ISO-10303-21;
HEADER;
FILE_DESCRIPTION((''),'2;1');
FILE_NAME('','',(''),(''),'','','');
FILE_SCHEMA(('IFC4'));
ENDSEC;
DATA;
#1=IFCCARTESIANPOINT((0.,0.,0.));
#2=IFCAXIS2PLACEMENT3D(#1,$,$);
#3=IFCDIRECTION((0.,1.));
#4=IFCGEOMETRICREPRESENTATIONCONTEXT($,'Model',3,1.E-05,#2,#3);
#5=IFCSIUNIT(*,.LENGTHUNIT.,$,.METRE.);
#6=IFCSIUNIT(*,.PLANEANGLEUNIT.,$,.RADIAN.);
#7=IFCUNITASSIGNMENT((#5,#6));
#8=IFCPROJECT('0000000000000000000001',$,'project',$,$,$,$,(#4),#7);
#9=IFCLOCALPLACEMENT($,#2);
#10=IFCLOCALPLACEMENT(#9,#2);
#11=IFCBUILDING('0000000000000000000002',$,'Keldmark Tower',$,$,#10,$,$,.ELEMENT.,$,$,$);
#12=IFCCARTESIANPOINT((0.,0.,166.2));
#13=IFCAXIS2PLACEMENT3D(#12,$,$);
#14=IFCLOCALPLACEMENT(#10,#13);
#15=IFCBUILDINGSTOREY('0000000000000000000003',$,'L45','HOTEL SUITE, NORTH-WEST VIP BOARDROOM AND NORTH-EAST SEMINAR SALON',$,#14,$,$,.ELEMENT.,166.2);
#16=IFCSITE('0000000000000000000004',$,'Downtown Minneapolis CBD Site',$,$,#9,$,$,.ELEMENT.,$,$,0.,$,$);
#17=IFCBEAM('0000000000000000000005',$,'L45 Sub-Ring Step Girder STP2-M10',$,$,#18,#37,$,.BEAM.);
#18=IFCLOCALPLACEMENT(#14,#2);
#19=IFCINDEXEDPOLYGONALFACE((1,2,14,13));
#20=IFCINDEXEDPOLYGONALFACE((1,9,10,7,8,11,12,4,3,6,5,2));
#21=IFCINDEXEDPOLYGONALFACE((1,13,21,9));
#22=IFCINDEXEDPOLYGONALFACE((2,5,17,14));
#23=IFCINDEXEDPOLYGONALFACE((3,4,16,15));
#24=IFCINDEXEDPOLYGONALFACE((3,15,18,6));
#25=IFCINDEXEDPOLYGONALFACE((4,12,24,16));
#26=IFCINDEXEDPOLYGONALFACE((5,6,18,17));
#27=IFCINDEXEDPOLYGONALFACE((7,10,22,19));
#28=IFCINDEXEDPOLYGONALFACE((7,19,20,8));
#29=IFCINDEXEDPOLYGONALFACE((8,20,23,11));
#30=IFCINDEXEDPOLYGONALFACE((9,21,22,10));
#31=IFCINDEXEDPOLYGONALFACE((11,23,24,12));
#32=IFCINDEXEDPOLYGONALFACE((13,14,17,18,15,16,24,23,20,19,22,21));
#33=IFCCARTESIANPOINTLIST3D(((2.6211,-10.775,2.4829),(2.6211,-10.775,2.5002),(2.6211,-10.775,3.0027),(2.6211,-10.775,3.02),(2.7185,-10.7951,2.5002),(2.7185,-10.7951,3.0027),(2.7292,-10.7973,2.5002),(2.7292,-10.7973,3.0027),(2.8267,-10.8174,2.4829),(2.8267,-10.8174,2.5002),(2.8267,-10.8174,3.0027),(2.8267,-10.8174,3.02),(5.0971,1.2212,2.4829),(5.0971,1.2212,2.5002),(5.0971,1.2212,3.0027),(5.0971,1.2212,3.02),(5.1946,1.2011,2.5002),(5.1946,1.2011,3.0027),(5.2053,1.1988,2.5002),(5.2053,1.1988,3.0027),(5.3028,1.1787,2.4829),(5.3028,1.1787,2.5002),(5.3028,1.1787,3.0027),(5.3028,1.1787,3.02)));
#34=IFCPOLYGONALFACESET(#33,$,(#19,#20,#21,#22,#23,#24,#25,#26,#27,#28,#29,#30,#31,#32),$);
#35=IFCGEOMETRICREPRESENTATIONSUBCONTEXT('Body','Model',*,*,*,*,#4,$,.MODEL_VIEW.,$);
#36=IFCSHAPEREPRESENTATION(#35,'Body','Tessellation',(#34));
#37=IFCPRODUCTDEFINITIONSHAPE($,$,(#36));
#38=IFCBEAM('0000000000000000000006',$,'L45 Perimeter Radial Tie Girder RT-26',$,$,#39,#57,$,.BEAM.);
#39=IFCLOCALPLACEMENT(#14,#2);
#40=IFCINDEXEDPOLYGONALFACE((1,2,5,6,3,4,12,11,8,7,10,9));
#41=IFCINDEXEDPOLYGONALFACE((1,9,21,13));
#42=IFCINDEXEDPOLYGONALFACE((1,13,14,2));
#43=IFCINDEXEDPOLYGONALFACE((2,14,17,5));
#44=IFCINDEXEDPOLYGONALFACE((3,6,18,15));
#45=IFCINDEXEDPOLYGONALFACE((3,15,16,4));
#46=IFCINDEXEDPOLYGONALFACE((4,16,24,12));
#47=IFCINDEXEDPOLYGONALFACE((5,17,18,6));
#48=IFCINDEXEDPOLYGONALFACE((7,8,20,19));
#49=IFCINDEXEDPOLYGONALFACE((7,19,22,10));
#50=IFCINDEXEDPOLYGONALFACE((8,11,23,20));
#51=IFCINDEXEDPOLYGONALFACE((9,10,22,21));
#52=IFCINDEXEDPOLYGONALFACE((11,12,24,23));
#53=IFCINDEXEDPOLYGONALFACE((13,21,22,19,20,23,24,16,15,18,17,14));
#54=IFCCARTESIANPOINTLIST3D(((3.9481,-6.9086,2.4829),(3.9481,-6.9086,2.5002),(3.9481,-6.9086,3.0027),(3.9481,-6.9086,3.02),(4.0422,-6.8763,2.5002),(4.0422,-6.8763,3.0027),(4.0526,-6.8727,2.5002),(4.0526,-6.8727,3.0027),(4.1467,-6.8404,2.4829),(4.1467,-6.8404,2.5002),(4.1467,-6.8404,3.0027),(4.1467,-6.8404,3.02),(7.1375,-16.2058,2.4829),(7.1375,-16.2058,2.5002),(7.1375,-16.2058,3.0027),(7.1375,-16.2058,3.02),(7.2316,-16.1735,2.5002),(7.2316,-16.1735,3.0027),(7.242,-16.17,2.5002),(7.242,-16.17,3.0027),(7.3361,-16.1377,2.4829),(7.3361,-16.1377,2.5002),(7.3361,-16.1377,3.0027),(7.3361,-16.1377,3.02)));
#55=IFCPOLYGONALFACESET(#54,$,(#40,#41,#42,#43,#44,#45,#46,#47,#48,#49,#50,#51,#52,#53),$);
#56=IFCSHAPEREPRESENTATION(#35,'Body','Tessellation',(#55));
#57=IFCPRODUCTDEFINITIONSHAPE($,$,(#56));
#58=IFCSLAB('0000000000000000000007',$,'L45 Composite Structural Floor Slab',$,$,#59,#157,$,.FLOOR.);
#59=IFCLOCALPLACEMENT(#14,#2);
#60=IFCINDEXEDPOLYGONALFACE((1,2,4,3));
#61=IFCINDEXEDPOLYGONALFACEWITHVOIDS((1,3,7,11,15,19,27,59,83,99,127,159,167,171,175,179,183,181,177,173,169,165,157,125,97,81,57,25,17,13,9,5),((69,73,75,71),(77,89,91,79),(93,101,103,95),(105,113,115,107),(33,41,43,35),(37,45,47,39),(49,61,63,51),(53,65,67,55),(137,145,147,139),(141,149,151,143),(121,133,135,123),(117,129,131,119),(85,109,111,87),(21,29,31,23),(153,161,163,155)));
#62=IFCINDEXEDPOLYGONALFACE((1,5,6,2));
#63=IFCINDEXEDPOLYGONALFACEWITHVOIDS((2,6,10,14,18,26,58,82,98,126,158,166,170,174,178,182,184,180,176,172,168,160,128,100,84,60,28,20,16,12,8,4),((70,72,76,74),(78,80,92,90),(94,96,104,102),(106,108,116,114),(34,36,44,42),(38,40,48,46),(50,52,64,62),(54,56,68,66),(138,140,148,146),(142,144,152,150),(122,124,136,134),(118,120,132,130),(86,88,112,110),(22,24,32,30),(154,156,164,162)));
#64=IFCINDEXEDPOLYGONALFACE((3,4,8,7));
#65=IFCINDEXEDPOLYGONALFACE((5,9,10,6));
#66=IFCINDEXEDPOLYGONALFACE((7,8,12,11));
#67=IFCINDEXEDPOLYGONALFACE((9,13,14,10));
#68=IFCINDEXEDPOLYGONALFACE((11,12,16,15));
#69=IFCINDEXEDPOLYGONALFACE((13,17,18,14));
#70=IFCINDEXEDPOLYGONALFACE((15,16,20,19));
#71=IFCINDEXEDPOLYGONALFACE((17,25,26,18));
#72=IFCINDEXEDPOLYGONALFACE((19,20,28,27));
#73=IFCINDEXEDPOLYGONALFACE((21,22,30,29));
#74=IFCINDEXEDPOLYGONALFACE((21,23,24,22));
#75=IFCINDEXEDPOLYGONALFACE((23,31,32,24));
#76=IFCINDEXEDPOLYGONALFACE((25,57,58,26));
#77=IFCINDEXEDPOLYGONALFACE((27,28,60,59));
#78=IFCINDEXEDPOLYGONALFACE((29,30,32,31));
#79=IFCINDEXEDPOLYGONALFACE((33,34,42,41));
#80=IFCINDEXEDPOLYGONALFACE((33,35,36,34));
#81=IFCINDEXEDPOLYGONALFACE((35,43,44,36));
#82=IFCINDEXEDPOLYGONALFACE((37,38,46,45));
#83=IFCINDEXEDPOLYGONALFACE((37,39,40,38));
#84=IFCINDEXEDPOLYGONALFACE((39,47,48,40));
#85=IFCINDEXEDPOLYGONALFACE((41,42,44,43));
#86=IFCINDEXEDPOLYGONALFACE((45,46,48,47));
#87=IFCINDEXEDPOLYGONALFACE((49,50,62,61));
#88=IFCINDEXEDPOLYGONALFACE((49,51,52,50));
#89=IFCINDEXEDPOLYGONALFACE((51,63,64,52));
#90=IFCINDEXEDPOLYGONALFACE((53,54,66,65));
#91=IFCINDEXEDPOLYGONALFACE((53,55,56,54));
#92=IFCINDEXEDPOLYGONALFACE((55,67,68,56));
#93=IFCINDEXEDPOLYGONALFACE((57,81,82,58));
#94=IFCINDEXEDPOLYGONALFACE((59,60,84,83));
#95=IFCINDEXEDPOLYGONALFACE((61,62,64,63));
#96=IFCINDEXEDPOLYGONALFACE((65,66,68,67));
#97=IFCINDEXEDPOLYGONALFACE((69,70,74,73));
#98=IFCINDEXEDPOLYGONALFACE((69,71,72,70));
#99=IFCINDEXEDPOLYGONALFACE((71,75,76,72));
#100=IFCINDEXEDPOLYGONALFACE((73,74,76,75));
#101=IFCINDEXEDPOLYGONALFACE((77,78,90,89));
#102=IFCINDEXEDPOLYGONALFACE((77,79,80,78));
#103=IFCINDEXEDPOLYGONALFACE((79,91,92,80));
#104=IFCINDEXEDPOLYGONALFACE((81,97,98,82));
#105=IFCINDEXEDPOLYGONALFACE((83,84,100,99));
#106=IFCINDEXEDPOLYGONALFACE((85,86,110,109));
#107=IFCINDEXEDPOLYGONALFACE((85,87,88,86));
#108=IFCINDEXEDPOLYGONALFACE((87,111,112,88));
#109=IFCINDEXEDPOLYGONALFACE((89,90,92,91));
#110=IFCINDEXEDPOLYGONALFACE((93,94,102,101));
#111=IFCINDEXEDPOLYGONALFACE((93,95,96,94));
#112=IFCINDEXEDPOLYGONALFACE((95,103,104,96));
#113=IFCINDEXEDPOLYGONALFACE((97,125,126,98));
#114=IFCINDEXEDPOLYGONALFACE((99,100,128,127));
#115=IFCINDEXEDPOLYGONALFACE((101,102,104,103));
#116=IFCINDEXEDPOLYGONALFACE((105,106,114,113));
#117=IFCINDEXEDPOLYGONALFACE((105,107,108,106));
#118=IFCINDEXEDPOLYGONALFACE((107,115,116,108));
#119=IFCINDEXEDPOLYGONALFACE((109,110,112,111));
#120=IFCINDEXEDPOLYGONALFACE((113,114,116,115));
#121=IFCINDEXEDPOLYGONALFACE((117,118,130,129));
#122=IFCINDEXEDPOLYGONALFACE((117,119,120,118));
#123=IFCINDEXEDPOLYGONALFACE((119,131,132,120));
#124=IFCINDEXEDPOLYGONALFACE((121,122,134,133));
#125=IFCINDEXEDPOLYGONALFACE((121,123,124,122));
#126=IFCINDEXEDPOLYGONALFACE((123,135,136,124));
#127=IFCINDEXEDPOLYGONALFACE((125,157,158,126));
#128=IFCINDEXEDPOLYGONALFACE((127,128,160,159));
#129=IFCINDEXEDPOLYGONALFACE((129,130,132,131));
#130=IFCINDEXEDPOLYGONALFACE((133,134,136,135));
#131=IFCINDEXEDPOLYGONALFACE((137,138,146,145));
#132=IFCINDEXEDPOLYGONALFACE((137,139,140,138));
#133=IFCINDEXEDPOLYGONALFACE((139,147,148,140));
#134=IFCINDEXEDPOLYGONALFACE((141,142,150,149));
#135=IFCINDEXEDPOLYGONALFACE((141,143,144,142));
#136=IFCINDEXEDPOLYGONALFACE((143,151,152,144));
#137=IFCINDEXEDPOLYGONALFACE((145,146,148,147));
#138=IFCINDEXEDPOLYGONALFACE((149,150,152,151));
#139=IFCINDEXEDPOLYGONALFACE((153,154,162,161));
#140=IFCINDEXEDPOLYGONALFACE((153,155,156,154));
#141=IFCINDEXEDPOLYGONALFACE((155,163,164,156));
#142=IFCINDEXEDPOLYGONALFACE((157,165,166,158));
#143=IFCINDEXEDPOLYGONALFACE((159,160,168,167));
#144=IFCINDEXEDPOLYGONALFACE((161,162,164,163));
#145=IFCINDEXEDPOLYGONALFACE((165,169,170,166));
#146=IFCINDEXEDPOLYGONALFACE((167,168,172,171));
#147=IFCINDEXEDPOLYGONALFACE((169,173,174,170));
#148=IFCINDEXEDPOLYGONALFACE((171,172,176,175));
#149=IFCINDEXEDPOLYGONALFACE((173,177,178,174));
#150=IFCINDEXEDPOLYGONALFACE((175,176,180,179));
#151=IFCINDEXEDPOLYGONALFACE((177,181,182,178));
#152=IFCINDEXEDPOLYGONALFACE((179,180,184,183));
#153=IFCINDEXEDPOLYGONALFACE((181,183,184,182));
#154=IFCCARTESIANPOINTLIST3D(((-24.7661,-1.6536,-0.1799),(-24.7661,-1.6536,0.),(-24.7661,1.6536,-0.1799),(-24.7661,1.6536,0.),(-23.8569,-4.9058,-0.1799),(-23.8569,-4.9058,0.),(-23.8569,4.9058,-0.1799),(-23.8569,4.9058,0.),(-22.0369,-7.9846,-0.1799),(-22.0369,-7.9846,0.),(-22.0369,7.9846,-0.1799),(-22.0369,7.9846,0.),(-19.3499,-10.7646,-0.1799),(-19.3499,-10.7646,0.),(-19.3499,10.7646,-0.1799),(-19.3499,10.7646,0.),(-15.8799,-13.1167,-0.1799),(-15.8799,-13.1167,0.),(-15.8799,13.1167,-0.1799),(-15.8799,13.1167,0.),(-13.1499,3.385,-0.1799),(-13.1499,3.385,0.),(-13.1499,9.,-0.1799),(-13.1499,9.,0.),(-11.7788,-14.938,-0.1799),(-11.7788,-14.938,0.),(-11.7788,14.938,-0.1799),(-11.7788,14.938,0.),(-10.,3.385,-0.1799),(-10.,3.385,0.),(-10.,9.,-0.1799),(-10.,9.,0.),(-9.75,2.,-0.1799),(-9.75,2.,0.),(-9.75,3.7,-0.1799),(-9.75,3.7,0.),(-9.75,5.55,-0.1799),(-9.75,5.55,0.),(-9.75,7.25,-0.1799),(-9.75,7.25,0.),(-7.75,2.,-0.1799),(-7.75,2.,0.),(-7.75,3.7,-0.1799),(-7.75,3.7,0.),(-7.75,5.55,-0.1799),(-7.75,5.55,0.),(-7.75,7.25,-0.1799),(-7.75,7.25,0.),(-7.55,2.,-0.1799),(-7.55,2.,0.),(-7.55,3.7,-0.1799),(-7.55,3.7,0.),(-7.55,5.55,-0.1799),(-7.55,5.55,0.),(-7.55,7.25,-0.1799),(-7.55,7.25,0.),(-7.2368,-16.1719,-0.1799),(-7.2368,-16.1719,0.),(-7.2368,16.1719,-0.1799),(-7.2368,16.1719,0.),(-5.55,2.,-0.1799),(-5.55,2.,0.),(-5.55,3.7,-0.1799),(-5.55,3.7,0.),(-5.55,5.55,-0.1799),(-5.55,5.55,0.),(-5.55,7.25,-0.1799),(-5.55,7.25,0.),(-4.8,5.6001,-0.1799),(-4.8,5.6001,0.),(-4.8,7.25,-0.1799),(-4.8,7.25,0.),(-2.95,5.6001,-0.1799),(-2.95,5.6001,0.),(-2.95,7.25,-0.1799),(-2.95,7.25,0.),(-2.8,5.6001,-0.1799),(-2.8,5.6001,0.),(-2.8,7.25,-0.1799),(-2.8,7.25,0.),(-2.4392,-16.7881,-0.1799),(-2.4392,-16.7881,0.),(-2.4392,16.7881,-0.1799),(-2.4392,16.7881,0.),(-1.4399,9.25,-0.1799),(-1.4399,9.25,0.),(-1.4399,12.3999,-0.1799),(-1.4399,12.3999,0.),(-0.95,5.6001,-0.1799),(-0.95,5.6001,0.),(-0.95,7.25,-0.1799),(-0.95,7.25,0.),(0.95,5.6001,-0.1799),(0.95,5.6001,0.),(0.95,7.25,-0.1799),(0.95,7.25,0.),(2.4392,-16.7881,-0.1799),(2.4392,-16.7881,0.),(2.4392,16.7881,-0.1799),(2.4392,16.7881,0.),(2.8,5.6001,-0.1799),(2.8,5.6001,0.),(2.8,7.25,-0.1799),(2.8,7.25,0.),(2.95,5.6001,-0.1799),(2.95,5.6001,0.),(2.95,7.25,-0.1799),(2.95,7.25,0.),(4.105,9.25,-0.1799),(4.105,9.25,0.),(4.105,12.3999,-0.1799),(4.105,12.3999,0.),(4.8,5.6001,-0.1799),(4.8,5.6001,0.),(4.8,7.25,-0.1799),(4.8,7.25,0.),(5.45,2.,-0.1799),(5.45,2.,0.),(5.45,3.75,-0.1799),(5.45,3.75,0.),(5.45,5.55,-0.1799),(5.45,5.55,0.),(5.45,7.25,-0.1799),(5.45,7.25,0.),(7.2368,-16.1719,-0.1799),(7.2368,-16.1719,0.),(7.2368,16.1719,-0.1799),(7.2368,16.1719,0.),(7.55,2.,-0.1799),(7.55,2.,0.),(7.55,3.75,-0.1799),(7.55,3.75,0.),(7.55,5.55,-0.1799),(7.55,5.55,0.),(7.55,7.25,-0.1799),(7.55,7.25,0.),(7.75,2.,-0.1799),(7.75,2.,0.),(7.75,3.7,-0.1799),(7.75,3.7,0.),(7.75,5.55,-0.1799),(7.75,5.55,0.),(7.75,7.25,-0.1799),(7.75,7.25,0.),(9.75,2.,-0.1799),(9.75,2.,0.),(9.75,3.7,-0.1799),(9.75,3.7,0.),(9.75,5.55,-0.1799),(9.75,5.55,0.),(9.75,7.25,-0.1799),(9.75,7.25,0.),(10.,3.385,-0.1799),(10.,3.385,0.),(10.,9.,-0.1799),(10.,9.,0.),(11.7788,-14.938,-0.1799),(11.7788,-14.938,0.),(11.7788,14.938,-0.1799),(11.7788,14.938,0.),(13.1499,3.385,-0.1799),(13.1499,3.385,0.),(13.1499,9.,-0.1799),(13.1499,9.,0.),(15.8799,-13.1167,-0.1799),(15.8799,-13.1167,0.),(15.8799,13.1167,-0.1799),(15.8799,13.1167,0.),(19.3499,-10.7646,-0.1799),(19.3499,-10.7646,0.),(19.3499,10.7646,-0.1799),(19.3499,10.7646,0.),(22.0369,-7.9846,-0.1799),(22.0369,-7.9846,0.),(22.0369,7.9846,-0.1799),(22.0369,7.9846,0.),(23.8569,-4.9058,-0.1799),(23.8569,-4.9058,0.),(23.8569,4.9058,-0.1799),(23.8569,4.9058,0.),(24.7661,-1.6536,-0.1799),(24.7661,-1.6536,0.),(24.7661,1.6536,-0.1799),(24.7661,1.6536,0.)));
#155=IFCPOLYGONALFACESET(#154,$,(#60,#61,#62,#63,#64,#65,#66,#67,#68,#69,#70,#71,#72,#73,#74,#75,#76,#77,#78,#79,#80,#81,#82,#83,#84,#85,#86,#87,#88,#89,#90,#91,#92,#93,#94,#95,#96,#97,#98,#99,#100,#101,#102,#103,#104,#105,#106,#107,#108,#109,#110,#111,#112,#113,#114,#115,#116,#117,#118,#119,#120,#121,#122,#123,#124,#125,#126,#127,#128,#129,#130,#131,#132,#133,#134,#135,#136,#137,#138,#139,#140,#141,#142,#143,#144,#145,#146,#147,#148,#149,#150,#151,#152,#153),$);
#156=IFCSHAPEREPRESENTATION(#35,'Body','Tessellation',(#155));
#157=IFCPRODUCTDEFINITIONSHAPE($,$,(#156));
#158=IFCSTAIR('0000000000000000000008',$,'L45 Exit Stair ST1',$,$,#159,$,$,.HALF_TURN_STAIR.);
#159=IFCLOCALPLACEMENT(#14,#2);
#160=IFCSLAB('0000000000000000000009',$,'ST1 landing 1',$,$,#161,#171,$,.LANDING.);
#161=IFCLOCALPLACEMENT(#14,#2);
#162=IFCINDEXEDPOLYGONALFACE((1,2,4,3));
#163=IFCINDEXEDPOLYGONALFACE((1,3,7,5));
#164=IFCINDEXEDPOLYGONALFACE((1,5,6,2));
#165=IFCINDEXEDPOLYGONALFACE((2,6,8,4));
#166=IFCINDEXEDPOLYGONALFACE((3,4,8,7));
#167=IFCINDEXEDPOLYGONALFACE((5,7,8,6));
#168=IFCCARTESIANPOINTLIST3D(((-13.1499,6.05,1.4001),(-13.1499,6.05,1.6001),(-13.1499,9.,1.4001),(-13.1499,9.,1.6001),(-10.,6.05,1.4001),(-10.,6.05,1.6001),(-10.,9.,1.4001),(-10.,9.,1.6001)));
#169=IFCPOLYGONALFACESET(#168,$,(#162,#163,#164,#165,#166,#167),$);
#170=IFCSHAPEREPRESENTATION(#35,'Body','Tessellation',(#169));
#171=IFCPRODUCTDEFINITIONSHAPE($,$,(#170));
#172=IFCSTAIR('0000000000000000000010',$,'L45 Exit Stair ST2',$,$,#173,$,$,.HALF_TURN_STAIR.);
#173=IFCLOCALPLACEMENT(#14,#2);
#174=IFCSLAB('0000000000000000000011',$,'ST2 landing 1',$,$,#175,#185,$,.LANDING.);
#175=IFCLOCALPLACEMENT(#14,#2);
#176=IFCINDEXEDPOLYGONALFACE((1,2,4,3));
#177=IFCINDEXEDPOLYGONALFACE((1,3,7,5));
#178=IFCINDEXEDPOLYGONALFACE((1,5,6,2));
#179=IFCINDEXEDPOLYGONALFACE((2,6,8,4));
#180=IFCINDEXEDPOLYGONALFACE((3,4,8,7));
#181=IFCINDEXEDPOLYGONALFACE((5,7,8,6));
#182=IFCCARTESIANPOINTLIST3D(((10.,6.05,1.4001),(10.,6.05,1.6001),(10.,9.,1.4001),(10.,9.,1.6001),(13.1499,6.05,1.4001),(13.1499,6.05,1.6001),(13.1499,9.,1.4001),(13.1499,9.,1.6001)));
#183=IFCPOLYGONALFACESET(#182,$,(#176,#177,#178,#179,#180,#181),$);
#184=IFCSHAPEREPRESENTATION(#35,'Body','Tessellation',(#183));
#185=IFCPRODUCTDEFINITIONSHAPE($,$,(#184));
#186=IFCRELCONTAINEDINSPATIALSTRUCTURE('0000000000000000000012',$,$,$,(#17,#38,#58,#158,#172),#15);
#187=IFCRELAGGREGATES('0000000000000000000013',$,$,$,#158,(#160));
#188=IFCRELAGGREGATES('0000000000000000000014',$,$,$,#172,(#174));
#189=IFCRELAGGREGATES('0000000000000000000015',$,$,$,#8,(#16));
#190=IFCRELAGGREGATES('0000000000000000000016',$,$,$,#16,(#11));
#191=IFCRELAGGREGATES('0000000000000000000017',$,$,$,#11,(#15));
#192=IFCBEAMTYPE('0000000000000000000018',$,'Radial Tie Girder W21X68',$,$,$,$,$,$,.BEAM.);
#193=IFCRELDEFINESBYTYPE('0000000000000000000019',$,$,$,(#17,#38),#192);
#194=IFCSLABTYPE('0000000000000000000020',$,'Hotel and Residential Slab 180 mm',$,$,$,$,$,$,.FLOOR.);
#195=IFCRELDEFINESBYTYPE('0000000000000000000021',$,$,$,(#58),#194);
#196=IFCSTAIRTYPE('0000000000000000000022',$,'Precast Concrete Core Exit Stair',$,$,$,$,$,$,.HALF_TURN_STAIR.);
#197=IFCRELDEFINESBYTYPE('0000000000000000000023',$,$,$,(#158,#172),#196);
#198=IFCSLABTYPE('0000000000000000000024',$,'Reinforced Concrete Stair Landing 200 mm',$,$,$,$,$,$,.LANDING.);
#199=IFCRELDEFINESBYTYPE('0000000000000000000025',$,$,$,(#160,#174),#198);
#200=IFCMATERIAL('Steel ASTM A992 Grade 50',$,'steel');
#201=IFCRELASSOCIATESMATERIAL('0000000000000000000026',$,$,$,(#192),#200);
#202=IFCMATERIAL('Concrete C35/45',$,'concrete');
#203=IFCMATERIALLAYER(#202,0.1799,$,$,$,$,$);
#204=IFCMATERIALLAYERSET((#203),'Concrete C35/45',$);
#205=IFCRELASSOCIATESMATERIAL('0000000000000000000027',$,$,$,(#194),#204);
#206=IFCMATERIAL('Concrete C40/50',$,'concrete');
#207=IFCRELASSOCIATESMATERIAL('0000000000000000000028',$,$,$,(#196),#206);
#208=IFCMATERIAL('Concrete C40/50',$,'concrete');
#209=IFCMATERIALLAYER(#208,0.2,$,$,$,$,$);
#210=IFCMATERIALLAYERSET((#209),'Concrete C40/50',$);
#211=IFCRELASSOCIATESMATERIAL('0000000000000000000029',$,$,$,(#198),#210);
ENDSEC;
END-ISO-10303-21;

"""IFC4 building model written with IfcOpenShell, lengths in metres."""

from ifc_helpers import new_model, si_unit, direction, frame, origin, origin_2d, place, context, subcontext, project, spatial, polyline, i_section, outline, extrude, material, layer, layer_set, material_profile, profile_set, type_object, element, aggregate, save


model = new_model("IFC4")

# Units and contexts
model_context = context("Model", 3, precision=1e-05, world=origin(), true_north=direction((0.0, 1.0)))
body_context = subcontext(model_context, "Body", "Model", "MODEL_VIEW")
ifc_project = project(units=[si_unit("LENGTHUNIT", "METRE"), si_unit("PLANEANGLEUNIT", "RADIAN")], contexts=[model_context])

# Site, building, storey
site_placement = place(None, origin())
site = spatial("IfcSite", under=ifc_project, at=site_placement, Name="Downtown Minneapolis CBD Site", CompositionType="ELEMENT", RefElevation=0.0)
building_placement = place(site_placement, origin())
building = spatial("IfcBuilding", under=site, at=building_placement, Name="Keldmark Tower", CompositionType="ELEMENT")
storey_placement = place(building_placement, frame((0.0, 0.0, 166.2)))
storey = spatial("IfcBuildingStorey", under=building, at=storey_placement, Name="L45", Description="HOTEL SUITE, NORTH-WEST VIP BOARDROOM AND NORTH-EAST SEMINAR SALON", CompositionType="ELEMENT", Elevation=166.2)

# Beams
ifc_material_1 = material(Name="Steel ASTM A992 Grade 50", Category="steel")
ifc_material_profile = material_profile(ifc_material_1, i_section(OverallWidth=0.21, OverallDepth=0.5371, WebThickness=0.011, FlangeThickness=0.0173, at=origin_2d()), Name="W21X68")
ifc_profile_set = profile_set([ifc_material_profile], Name="Steel ASTM A992 Grade 50")
beam_type = type_object("IfcBeamType", Name="Radial Tie Girder W21X68", PredefinedType="BEAM", material=ifc_profile_set)
beam_1_placement = place(storey_placement, frame((5.2, 1.2, 2.7515), z_axis=(-0.202146, -0.979355, 0.0), x_axis=(0.979355, -0.202146, 0.0)))
element("IfcBeam", 1, at=beam_1_placement, inside=storey, type_object=beam_type, Name="L45 Sub-Ring Step Girder STP2-M10", PredefinedType="BEAM", context=body_context, shape_type="SweptSolid", body=[
    extrude(i_section(OverallWidth=0.21, OverallDepth=0.5371, WebThickness=0.011, FlangeThickness=0.0173, at=origin_2d()), origin(), (0.0, 0.0, 1.0), 12.249),
])
beam_2_placement = place(storey_placement, frame((4.0474, -6.8745, 2.7515), z_axis=(0.324487, -0.94589, 0.0), x_axis=(0.94589, 0.324487, 0.0)))
element("IfcBeam", 2, at=beam_2_placement, inside=storey, type_object=beam_type, Name="L45 Perimeter Radial Tie Girder RT-26", PredefinedType="BEAM", context=body_context, shape_type="SweptSolid", body=[
    extrude(i_section(OverallWidth=0.21, OverallDepth=0.5371, WebThickness=0.011, FlangeThickness=0.0173, at=origin_2d()), origin(), (0.0, 0.0, 1.0), 9.8291),
])

# Slab
ifc_material_2 = material(Name="Concrete C35/45", Category="concrete")
ifc_layer_1 = layer(ifc_material_2, 0.1799)
ifc_layer_set_1 = layer_set([ifc_layer_1], Name="Concrete C35/45")
slab_type_1 = type_object("IfcSlabType", Name="Hotel and Residential Slab 180 mm", PredefinedType="FLOOR", material=ifc_layer_set_1)
slab_1_placement = place(storey_placement, frame((0.0, 0.0, -0.1799)))
element("IfcSlab", 3, at=slab_1_placement, inside=storey, type_object=slab_type_1, Name="L45 Composite Structural Floor Slab", PredefinedType="FLOOR", context=body_context, shape_type="SweptSolid", body=[
    extrude(outline(polyline([(24.7661, 1.6536), (23.8569, 4.9058), (22.0369, 7.9846), (19.3499, 10.7646), (15.8799, 13.1167), (11.7788, 14.938), (7.2368, 16.1719), (2.4392, 16.7881), (-2.4392, 16.7881), (-7.2368, 16.1719), (-11.7788, 14.938), (-15.8799, 13.1167), (-19.3499, 10.7646), (-22.0369, 7.9846), (-23.8569, 4.9058), (-24.7661, 1.6536), (-24.7661, -1.6536), (-23.8569, -4.9058), (-22.0369, -7.9846), (-19.3499, -10.7646), (-15.8799, -13.1167), (-11.7788, -14.938), (-7.2368, -16.1719), (-2.4392, -16.7881), (2.4392, -16.7881), (7.2368, -16.1719), (11.7788, -14.938), (15.8799, -13.1167), (19.3499, -10.7646), (22.0369, -7.9846), (23.8569, -4.9058), (24.7661, -1.6536), (24.7661, 1.6536)]), holes=[polyline([(-10.0, 3.385), (-10.0, 9.0), (-13.1499, 9.0), (-13.1499, 3.385), (-10.0, 3.385)]), polyline([(13.1499, 3.385), (13.1499, 9.0), (10.0, 9.0), (10.0, 3.385), (13.1499, 3.385)]), polyline([(-1.4399, 9.25), (4.105, 9.25), (4.105, 12.3999), (-1.4399, 12.3999), (-1.4399, 9.25)]), polyline([(-9.75, 2.0), (-7.75, 2.0), (-7.75, 3.7), (-9.75, 3.7), (-9.75, 2.0)]), polyline([(7.75, 2.0), (9.75, 2.0), (9.75, 3.7), (7.75, 3.7), (7.75, 2.0)]), polyline([(5.45, 2.0), (7.55, 2.0), (7.55, 3.75), (5.45, 3.75), (5.45, 2.0)]), polyline([(-4.8, 5.6001), (-2.95, 5.6001), (-2.95, 7.25), (-4.8, 7.25), (-4.8, 5.6001)]), polyline([(-2.8, 5.6001), (-0.95, 5.6001), (-0.95, 7.25), (-2.8, 7.25), (-2.8, 5.6001)]), polyline([(0.95, 5.6001), (2.8, 5.6001), (2.8, 7.25), (0.95, 7.25), (0.95, 5.6001)]), polyline([(2.95, 5.6001), (4.8, 5.6001), (4.8, 7.25), (2.95, 7.25), (2.95, 5.6001)]), polyline([(-9.75, 5.55), (-7.75, 5.55), (-7.75, 7.25), (-9.75, 7.25), (-9.75, 5.55)]), polyline([(-7.55, 5.55), (-5.55, 5.55), (-5.55, 7.25), (-7.55, 7.25), (-7.55, 5.55)]), polyline([(-7.55, 2.0), (-5.55, 2.0), (-5.55, 3.7), (-7.55, 3.7), (-7.55, 2.0)]), polyline([(5.45, 5.55), (7.55, 5.55), (7.55, 7.25), (5.45, 7.25), (5.45, 5.55)]), polyline([(7.75, 5.55), (9.75, 5.55), (9.75, 7.25), (7.75, 7.25), (7.75, 5.55)])]), origin(), (0.0, 0.0, 1.0), 0.1799),
])

# Stairs, slabs
ifc_material_3 = material(Name="Concrete C40/50", Category="concrete")
stair_type = type_object("IfcStairType", Name="Precast Concrete Core Exit Stair", PredefinedType="HALF_TURN_STAIR", material=ifc_material_3)
stair_1_placement = place(storey_placement, origin())
stair_1 = element("IfcStair", 4, at=stair_1_placement, inside=storey, type_object=stair_type, Name="L45 Exit Stair ST1", PredefinedType="HALF_TURN_STAIR")
ifc_material_4 = material(Name="Concrete C40/50", Category="concrete")
ifc_layer_2 = layer(ifc_material_4, 0.2)
ifc_layer_set_2 = layer_set([ifc_layer_2], Name="Concrete C40/50")
slab_type_2 = type_object("IfcSlabType", Name="Reinforced Concrete Stair Landing 200 mm", PredefinedType="LANDING", material=ifc_layer_set_2)
slab_2_placement = place(storey_placement, frame((0.0, 0.0, 1.4001)))
slab_2 = element("IfcSlab", 5, at=slab_2_placement, type_object=slab_type_2, Name="ST1 landing 1", PredefinedType="LANDING", context=body_context, shape_type="SweptSolid", body=[
    extrude(outline(polyline([(-10.0, 6.05), (-10.0, 9.0), (-13.1499, 9.0), (-13.1499, 6.05), (-10.0, 6.05)])), origin(), (0.0, 0.0, 1.0), 0.2),
])
aggregate(stair_1, [slab_2])
stair_2_placement = place(storey_placement, origin())
stair_2 = element("IfcStair", 6, at=stair_2_placement, inside=storey, type_object=stair_type, Name="L45 Exit Stair ST2", PredefinedType="HALF_TURN_STAIR")
slab_3_placement = place(storey_placement, frame((0.0, 0.0, 1.4001)))
slab_3 = element("IfcSlab", 7, at=slab_3_placement, type_object=slab_type_2, Name="ST2 landing 1", PredefinedType="LANDING", context=body_context, shape_type="SweptSolid", body=[
    extrude(outline(polyline([(13.1499, 6.05), (13.1499, 9.0), (10.0, 9.0), (10.0, 6.05), (13.1499, 6.05)])), origin(), (0.0, 0.0, 1.0), 0.2),
])
aggregate(stair_2, [slab_3])

save(model, "model.ifc")
